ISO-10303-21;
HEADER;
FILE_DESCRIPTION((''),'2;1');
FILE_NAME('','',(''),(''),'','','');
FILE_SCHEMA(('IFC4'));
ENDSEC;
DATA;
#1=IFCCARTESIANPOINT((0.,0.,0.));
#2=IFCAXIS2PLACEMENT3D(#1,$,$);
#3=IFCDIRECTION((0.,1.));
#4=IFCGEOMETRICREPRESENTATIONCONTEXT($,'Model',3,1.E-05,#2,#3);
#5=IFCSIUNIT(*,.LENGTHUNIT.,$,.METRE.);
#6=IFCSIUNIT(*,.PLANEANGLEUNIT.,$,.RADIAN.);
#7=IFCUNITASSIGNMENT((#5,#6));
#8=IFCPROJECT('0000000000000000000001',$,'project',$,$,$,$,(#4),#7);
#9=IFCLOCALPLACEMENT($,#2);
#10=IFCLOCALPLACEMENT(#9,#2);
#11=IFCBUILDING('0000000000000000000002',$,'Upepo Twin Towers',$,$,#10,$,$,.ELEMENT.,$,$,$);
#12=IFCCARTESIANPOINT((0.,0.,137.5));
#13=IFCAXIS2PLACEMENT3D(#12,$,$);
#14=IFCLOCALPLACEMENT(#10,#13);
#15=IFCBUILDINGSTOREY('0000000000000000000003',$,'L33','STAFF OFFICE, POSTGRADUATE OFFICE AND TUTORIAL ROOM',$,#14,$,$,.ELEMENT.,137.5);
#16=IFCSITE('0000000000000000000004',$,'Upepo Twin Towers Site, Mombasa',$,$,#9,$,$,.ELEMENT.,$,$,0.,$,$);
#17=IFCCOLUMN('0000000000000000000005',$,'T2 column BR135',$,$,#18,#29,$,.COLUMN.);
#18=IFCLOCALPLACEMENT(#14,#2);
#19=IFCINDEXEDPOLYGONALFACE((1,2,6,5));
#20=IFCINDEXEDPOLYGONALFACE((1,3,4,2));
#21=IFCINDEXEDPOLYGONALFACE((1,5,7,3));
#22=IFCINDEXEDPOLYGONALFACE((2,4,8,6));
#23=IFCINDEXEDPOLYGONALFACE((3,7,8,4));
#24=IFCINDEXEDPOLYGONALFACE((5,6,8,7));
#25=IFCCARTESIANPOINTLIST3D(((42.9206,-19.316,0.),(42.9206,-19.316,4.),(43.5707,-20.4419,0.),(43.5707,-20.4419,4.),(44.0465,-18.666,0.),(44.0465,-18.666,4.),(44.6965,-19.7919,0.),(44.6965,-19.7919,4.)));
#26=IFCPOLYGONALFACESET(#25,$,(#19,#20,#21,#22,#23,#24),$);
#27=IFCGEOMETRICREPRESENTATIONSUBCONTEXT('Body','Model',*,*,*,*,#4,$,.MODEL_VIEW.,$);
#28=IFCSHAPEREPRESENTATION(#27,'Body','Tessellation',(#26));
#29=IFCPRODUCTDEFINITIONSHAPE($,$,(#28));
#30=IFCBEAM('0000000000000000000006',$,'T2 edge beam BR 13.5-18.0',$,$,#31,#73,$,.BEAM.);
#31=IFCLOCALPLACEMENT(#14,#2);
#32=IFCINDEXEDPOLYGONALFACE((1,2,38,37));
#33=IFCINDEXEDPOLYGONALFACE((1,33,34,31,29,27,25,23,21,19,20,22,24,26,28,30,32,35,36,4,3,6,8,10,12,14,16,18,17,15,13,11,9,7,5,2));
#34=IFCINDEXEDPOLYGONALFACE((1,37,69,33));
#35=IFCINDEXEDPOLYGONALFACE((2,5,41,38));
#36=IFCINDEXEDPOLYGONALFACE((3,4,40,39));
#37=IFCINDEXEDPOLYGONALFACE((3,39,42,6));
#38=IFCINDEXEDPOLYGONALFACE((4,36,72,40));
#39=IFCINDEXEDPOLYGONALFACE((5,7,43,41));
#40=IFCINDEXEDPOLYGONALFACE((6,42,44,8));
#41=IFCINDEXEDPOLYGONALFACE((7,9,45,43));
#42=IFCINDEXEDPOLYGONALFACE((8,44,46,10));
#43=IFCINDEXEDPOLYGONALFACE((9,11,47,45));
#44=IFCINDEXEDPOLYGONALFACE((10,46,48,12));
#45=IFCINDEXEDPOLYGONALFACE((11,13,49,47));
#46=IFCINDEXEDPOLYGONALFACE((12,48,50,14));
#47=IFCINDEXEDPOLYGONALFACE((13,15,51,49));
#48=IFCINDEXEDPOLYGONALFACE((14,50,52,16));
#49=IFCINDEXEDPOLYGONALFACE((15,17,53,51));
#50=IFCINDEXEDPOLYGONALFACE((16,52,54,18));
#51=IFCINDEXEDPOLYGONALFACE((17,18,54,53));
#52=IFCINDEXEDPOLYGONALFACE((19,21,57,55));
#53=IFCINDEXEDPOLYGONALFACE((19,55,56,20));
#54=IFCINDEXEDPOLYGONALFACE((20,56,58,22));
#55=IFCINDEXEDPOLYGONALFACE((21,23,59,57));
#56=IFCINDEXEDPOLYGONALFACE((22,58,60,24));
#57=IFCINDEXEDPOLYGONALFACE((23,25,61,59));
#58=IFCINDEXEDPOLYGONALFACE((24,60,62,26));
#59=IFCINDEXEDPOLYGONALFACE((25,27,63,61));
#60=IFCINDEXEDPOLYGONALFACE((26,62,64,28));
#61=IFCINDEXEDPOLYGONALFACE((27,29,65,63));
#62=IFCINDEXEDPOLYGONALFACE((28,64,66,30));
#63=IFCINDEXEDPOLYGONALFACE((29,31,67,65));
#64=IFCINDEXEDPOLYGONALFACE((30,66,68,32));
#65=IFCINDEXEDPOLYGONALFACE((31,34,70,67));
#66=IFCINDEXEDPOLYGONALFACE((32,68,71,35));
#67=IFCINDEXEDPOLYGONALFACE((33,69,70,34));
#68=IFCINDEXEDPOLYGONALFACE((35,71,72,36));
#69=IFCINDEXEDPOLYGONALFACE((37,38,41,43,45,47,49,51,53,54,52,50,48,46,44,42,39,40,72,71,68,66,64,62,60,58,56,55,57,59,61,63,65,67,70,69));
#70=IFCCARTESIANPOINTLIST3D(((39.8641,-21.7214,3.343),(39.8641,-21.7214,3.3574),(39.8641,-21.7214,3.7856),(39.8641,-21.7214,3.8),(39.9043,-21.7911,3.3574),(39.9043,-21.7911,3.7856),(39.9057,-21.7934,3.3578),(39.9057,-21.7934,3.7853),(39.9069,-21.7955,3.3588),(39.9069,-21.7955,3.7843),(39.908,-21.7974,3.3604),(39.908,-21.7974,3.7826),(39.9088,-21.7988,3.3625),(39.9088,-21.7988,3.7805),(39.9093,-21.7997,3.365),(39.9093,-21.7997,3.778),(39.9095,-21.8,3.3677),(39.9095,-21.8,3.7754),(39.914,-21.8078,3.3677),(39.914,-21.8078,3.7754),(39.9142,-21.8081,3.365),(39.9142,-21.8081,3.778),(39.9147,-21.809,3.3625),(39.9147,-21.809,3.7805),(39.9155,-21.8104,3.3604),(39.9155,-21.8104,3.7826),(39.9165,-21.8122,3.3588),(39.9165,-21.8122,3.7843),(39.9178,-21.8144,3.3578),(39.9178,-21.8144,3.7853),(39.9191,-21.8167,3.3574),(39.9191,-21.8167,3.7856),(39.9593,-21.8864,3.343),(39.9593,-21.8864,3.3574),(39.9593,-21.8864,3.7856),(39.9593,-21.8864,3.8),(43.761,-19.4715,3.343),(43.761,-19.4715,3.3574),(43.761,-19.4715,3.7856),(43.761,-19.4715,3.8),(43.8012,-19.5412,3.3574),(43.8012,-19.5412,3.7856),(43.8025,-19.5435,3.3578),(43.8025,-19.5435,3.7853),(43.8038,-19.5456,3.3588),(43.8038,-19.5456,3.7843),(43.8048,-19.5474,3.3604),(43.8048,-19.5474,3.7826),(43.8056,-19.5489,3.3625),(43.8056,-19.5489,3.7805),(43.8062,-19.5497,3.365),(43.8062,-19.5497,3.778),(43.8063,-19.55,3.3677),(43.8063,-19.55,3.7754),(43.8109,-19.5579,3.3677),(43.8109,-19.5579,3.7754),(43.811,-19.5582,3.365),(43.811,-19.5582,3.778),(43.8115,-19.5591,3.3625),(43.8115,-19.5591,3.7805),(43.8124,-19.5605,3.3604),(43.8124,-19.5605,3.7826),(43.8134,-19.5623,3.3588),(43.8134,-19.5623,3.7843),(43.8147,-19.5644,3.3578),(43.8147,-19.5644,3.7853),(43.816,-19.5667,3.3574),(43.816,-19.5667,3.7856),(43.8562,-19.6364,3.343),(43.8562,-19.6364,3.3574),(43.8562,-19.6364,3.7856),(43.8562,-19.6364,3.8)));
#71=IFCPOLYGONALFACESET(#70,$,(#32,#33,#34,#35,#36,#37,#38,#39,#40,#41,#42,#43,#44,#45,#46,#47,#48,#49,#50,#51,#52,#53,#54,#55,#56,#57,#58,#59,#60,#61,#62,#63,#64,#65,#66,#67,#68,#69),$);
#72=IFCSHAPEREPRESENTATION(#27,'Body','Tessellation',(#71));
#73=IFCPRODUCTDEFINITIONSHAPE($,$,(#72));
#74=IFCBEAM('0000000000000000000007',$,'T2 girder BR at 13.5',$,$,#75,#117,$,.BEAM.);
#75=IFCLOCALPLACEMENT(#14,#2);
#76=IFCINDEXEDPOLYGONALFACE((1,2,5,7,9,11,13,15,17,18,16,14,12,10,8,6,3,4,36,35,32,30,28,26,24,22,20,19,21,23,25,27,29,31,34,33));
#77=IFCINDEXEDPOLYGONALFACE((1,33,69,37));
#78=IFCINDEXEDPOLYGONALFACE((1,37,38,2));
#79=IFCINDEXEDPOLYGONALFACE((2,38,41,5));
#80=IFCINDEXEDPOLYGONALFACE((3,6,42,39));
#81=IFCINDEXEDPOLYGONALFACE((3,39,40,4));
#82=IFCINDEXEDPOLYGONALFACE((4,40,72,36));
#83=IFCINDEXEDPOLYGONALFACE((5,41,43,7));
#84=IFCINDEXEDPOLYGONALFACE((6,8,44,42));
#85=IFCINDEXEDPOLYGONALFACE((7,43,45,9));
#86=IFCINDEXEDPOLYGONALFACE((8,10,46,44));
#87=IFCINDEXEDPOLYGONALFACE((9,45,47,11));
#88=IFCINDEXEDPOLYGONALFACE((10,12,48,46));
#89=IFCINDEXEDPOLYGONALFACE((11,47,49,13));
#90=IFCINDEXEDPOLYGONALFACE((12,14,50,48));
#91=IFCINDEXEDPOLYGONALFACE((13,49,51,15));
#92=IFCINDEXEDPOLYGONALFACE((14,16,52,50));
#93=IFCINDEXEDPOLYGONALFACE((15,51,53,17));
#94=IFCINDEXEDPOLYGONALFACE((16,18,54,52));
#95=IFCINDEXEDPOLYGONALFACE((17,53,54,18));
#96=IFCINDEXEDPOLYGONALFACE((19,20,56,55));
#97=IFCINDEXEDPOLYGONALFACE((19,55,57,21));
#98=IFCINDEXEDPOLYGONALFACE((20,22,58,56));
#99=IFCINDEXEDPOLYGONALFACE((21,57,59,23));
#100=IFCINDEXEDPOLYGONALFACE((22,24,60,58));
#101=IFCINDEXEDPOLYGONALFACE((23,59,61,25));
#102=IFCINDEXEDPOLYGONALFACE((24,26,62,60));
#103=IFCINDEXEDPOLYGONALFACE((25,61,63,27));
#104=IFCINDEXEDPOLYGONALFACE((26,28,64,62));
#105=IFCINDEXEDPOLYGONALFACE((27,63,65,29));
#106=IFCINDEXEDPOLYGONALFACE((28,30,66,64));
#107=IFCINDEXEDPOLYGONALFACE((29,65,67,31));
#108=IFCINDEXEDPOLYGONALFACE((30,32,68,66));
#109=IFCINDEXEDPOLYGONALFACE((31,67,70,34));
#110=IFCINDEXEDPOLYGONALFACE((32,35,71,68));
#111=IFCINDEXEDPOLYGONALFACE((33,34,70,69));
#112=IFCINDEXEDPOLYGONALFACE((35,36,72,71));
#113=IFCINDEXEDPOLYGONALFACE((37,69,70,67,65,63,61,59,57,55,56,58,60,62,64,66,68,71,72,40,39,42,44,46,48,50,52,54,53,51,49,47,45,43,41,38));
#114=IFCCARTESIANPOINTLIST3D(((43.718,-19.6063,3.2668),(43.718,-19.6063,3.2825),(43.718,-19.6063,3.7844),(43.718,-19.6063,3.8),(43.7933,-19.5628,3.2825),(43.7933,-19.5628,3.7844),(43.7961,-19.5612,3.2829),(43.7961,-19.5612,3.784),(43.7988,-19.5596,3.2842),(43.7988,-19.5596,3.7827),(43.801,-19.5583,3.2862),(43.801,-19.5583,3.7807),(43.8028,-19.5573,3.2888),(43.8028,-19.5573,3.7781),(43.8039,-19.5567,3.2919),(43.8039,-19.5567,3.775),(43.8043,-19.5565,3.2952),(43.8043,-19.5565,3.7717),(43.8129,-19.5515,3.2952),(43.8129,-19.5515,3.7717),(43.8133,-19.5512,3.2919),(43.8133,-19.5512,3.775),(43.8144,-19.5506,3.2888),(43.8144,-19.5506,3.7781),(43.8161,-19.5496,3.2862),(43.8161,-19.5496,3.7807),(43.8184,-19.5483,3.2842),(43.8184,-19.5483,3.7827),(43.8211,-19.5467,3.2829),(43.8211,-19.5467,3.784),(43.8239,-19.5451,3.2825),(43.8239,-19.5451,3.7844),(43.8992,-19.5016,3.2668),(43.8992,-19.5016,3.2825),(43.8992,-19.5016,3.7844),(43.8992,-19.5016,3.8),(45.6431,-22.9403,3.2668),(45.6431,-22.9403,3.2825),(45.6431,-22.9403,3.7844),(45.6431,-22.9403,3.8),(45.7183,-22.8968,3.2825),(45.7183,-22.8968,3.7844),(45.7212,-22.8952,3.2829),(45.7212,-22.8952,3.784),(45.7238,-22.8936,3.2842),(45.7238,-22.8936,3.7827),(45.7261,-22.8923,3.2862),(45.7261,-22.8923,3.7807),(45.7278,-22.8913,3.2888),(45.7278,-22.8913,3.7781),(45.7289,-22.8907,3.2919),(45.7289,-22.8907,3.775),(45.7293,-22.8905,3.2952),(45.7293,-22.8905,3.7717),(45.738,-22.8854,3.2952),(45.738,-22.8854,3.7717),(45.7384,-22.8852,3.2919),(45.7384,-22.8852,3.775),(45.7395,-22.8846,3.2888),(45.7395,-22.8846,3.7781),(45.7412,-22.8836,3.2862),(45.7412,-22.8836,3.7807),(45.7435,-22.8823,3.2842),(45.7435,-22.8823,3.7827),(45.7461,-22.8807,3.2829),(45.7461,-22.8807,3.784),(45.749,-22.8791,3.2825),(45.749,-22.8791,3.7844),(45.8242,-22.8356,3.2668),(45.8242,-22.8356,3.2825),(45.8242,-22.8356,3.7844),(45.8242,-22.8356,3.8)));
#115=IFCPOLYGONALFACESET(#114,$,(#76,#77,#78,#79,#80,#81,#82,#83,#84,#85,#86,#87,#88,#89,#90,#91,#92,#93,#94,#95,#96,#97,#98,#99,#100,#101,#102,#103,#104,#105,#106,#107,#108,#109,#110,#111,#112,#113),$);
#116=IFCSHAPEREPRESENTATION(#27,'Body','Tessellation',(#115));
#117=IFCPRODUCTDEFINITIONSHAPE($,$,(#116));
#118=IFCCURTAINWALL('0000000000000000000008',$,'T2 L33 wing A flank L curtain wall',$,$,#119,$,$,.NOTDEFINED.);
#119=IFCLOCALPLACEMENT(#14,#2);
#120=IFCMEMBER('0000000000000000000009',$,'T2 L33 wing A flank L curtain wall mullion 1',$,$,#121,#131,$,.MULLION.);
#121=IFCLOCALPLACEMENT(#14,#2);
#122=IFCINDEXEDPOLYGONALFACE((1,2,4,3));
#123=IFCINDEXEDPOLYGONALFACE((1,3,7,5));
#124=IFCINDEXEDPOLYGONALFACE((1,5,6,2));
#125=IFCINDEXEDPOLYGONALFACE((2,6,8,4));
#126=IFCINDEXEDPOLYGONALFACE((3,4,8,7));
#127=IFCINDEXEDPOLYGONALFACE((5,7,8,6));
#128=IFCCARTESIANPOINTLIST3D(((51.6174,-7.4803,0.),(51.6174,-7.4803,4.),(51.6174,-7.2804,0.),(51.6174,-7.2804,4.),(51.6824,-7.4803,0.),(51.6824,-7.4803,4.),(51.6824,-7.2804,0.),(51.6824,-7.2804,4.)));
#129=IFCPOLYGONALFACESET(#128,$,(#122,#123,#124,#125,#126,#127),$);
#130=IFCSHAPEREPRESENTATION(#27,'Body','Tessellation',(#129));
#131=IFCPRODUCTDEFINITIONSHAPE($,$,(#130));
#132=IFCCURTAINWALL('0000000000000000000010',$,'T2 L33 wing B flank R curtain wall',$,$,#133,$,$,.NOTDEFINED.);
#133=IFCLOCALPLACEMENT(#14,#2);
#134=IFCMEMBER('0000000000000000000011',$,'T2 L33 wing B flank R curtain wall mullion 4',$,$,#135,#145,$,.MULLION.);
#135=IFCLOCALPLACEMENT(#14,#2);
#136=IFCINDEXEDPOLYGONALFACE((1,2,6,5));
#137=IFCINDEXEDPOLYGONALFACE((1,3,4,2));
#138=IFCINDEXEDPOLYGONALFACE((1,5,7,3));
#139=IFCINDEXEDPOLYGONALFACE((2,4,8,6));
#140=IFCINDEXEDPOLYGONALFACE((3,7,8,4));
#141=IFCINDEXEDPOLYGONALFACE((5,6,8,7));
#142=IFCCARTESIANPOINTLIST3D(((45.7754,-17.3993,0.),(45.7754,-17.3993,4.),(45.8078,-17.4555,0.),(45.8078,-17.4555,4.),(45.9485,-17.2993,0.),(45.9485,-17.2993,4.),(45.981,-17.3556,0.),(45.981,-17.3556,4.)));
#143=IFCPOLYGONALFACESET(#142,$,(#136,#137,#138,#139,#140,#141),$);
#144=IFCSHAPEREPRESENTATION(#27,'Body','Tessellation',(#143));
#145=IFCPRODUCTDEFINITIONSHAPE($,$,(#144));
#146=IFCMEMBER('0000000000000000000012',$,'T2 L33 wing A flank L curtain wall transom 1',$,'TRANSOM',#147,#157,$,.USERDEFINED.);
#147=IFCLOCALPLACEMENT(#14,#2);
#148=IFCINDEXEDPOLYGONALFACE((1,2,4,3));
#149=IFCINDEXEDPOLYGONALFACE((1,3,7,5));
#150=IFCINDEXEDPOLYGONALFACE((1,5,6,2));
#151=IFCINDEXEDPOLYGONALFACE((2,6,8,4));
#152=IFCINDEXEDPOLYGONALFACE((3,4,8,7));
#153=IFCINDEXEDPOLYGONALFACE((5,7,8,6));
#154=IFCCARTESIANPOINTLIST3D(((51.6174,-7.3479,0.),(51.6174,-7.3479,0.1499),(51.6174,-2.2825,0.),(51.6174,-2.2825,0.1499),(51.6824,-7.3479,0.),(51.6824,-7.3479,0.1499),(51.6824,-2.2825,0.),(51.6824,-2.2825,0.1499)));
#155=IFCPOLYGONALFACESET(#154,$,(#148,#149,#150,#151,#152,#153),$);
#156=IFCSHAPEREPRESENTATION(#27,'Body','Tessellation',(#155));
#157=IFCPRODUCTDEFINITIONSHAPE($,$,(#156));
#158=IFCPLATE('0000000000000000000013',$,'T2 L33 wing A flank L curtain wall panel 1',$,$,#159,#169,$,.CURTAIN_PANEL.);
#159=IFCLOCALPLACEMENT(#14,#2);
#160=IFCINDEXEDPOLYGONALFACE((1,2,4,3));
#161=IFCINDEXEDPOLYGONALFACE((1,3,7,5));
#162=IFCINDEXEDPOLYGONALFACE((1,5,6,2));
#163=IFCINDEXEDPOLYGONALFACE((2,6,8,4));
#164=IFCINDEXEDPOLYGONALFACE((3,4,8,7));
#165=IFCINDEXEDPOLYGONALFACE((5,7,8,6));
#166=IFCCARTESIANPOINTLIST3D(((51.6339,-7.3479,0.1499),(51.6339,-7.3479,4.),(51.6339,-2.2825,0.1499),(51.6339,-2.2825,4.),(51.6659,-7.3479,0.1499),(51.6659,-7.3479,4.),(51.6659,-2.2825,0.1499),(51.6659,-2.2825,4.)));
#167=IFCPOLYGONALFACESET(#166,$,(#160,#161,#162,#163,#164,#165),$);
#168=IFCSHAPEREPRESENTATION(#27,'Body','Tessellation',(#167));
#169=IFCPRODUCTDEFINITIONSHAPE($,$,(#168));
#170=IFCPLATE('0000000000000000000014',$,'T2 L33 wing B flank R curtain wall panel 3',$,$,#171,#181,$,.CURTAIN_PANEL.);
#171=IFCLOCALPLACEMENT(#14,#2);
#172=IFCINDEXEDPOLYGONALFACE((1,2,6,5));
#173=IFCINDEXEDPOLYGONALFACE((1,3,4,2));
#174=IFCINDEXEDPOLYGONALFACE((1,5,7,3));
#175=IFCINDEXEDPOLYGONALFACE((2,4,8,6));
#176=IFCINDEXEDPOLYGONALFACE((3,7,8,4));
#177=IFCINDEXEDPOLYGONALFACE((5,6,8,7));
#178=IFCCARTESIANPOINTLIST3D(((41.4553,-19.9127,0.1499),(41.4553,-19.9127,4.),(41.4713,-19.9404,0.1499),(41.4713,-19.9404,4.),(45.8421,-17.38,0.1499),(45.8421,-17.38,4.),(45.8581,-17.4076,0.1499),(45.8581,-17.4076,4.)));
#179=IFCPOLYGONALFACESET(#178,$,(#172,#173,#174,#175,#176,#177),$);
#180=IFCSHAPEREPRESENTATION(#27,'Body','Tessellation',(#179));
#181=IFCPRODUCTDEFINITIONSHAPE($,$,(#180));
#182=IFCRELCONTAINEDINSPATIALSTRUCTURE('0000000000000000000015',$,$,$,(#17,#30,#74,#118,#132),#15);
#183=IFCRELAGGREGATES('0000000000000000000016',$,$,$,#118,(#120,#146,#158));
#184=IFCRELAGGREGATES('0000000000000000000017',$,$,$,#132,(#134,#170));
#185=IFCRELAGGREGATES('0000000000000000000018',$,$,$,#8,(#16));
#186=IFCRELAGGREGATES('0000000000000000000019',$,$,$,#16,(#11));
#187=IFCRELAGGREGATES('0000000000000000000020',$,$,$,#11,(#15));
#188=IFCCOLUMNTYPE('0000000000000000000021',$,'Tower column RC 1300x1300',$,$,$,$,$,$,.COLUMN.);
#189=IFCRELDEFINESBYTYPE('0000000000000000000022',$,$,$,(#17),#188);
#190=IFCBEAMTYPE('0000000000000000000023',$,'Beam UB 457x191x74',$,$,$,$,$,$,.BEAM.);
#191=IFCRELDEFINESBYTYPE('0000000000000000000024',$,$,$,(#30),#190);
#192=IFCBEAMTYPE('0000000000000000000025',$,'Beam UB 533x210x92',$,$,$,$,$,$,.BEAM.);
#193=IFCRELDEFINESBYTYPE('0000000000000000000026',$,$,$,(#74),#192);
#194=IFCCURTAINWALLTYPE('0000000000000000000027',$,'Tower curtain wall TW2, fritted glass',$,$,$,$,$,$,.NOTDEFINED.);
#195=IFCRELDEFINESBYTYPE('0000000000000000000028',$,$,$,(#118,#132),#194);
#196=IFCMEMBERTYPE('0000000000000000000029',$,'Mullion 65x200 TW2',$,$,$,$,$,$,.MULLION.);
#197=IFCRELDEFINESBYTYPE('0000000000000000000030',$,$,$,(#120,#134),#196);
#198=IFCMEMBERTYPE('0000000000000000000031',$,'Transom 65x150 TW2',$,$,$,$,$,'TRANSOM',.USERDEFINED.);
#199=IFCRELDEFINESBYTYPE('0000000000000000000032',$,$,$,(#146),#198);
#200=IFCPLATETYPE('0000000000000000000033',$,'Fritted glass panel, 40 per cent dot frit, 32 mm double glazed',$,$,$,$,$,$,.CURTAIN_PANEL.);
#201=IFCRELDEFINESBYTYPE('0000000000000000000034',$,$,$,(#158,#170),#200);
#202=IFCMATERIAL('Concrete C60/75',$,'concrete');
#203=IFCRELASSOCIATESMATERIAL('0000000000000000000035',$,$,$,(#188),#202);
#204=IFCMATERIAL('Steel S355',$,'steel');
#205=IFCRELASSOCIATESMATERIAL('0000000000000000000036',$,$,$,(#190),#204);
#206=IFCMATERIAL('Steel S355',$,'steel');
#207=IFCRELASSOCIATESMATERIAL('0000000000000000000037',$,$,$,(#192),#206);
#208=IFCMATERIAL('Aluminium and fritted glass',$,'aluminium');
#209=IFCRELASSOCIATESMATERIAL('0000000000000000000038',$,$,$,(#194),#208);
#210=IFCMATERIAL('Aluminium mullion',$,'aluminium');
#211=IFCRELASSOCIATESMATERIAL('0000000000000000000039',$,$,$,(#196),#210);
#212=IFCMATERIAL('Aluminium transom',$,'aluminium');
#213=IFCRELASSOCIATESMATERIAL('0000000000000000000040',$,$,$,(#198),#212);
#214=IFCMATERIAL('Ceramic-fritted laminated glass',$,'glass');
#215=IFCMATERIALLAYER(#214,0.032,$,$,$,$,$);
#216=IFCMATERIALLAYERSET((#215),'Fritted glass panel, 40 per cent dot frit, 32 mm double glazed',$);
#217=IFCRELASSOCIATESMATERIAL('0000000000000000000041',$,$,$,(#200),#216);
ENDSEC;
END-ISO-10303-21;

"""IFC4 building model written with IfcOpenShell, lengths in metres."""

from ifc_helpers import new_model, si_unit, direction, frame, origin, origin_2d, place, context, subcontext, project, spatial, rectangle, i_section, extrude, material, layer, layer_set, material_profile, profile_set, type_object, element, aggregate, save


model = new_model("IFC4")

# Units and contexts
model_context = context("Model", 3, precision=1e-05, world=origin(), true_north=direction((0.0, 1.0)))
body_context = subcontext(model_context, "Body", "Model", "MODEL_VIEW")
ifc_project = project(units=[si_unit("LENGTHUNIT", "METRE"), si_unit("PLANEANGLEUNIT", "RADIAN")], contexts=[model_context])

# Site, building, storey
site_placement = place(None, origin())
site = spatial("IfcSite", under=ifc_project, at=site_placement, Name="Upepo Twin Towers Site, Mombasa", CompositionType="ELEMENT", RefElevation=0.0)
building_placement = place(site_placement, origin())
building = spatial("IfcBuilding", under=site, at=building_placement, Name="Upepo Twin Towers", CompositionType="ELEMENT")
storey_placement = place(building_placement, frame((0.0, 0.0, 137.5)))
storey = spatial("IfcBuildingStorey", under=building, at=storey_placement, Name="L33", Description="STAFF OFFICE, POSTGRADUATE OFFICE AND TUTORIAL ROOM", CompositionType="ELEMENT", Elevation=137.5)

# Column
ifc_material_1 = material(Name="Concrete C60/75", Category="concrete")
ifc_material_profile_1 = material_profile(ifc_material_1, rectangle(XDim=1.3, YDim=1.3, at=origin_2d()), Name="RC 1300x1300")
ifc_profile_set_1 = profile_set([ifc_material_profile_1], Name="Concrete C60/75")
column_type = type_object("IfcColumnType", Name="Tower column RC 1300x1300", PredefinedType="COLUMN", material=ifc_profile_set_1)
column_placement = place(storey_placement, frame((43.8086, -19.554, 0.0), z_axis=(0.0, 0.0, 1.0), x_axis=(0.866025, 0.5, 0.0)))
element("IfcColumn", 1, at=column_placement, inside=storey, type_object=column_type, Name="T2 column BR135", PredefinedType="COLUMN", context=body_context, shape_type="SweptSolid", body=[
    extrude(rectangle(XDim=1.3, YDim=1.3, at=origin_2d()), origin(), (0.0, 0.0, 1.0), 4.0),
])

# Beams
ifc_material_2 = material(Name="Steel S355", Category="steel")
ifc_material_profile_2 = material_profile(ifc_material_2, i_section(OverallWidth=0.1904, OverallDepth=0.457, WebThickness=0.009, FlangeThickness=0.0144, FilletRadius=0.0103, at=origin_2d()), Name="UB 457x191x74")
ifc_profile_set_2 = profile_set([ifc_material_profile_2], Name="Steel S355")
beam_type_1 = type_object("IfcBeamType", Name="Beam UB 457x191x74", PredefinedType="BEAM", material=ifc_profile_set_2)
beam_1_placement = place(storey_placement, frame((43.8086, -19.554, 3.5715), z_axis=(-0.866018, -0.500014, 0.0), x_axis=(0.500014, -0.866018, 0.0)))
element("IfcBeam", 2, at=beam_1_placement, inside=storey, type_object=beam_type_1, Name="T2 edge beam BR 13.5-18.0", PredefinedType="BEAM", context=body_context, shape_type="SweptSolid", body=[
    extrude(i_section(OverallWidth=0.1904, OverallDepth=0.457, WebThickness=0.009, FlangeThickness=0.0144, FilletRadius=0.0103, at=origin_2d()), origin(), (0.0, 0.0, 1.0), 4.4998),
])
ifc_material_3 = material(Name="Steel S355", Category="steel")
ifc_material_profile_3 = material_profile(ifc_material_3, i_section(OverallWidth=0.2092, OverallDepth=0.5332, WebThickness=0.01, FlangeThickness=0.0156, FilletRadius=0.0127, at=origin_2d()), Name="UB 533x210x92")
ifc_profile_set_3 = profile_set([ifc_material_profile_3], Name="Steel S355")
beam_type_2 = type_object("IfcBeamType", Name="Beam UB 533x210x92", PredefinedType="BEAM", material=ifc_profile_set_3)
beam_2_placement = place(storey_placement, frame((43.8086, -19.554, 3.5334), z_axis=(0.500034, -0.866006, 0.0), x_axis=(0.866006, 0.500034, 0.0)))
element("IfcBeam", 3, at=beam_2_placement, inside=storey, type_object=beam_type_2, Name="T2 girder BR at 13.5", PredefinedType="BEAM", context=body_context, shape_type="SweptSolid", body=[
    extrude(i_section(OverallWidth=0.2092, OverallDepth=0.5332, WebThickness=0.01, FlangeThickness=0.0156, FilletRadius=0.0127, at=origin_2d()), origin(), (0.0, 0.0, 1.0), 3.8499),
])

# Curtain walls, members
ifc_material_4 = material(Name="Aluminium and fritted glass", Category="aluminium")
curtain_wall_type = type_object("IfcCurtainWallType", Name="Tower curtain wall TW2, fritted glass", PredefinedType="NOTDEFINED", material=ifc_material_4)
curtain_wall_1_placement = place(storey_placement, origin())
curtain_wall_1 = element("IfcCurtainWall", 4, at=curtain_wall_1_placement, inside=storey, type_object=curtain_wall_type, Name="T2 L33 wing A flank L curtain wall", PredefinedType="NOTDEFINED")
ifc_material_5 = material(Name="Aluminium mullion", Category="aluminium")
ifc_material_profile_4 = material_profile(ifc_material_5, rectangle(XDim=0.0649, YDim=0.2, at=origin_2d()), Name="MULLION 65x200")
ifc_profile_set_4 = profile_set([ifc_material_profile_4], Name="Aluminium mullion")
member_type_1 = type_object("IfcMemberType", Name="Mullion 65x200 TW2", PredefinedType="MULLION", material=ifc_profile_set_4)
member_1_placement = place(storey_placement, frame((51.6499, -7.3804, 0.0), z_axis=(0.0, 0.0, 1.0), x_axis=(-1.0, 0.0, 0.0)))
member_1 = element("IfcMember", 5, at=member_1_placement, type_object=member_type_1, Name="T2 L33 wing A flank L curtain wall mullion 1", PredefinedType="MULLION", context=body_context, shape_type="SweptSolid", body=[
    extrude(rectangle(XDim=0.0649, YDim=0.2, at=origin_2d()), origin(), (0.0, 0.0, 1.0), 4.0),
])
curtain_wall_2_placement = place(storey_placement, origin())
curtain_wall_2 = element("IfcCurtainWall", 6, at=curtain_wall_2_placement, inside=storey, type_object=curtain_wall_type, Name="T2 L33 wing B flank R curtain wall", PredefinedType="NOTDEFINED")
member_2_placement = place(storey_placement, frame((45.8782, -17.3774, 0.0), z_axis=(0.0, 0.0, 1.0), x_axis=(-0.5, 0.866025, 0.0)))
member_2 = element("IfcMember", 7, at=member_2_placement, type_object=member_type_1, Name="T2 L33 wing B flank R curtain wall mullion 4", PredefinedType="MULLION", context=body_context, shape_type="SweptSolid", body=[
    extrude(rectangle(XDim=0.0649, YDim=0.2, at=origin_2d()), origin(), (0.0, 0.0, 1.0), 4.0),
])

# Member
ifc_material_6 = material(Name="Aluminium transom", Category="aluminium")
ifc_material_profile_5 = material_profile(ifc_material_6, rectangle(XDim=0.0649, YDim=0.1499, at=origin_2d()), Name="TRANSOM 65x150")
ifc_profile_set_5 = profile_set([ifc_material_profile_5], Name="Aluminium transom")
member_type_2 = type_object("IfcMemberType", Name="Transom 65x150 TW2", ElementType="TRANSOM", PredefinedType="USERDEFINED", material=ifc_profile_set_5)
member_3_placement = place(storey_placement, frame((51.6499, -7.3479, 0.075), z_axis=(0.0, 1.0, 0.0), x_axis=(-1.0, 0.0, 0.0)))
member_3 = element("IfcMember", 8, at=member_3_placement, type_object=member_type_2, Name="T2 L33 wing A flank L curtain wall transom 1", ObjectType="TRANSOM", PredefinedType="USERDEFINED", context=body_context, shape_type="SweptSolid", body=[
    extrude(rectangle(XDim=0.0649, YDim=0.1499, at=origin_2d()), origin(), (0.0, 0.0, 1.0), 5.0654),
])

# Plates
ifc_material_7 = material(Name="Ceramic-fritted laminated glass", Category="glass")
ifc_layer_1 = layer(ifc_material_7, 0.032)
ifc_layer_set_1 = layer_set([ifc_layer_1], Name="Fritted glass panel, 40 per cent dot frit, 32 mm double glazed")
plate_type = type_object("IfcPlateType", Name="Fritted glass panel, 40 per cent dot frit, 32 mm double glazed", PredefinedType="CURTAIN_PANEL", material=ifc_layer_set_1)
plate_1_placement = place(storey_placement, frame((51.6499, -4.8152, 0.1499), z_axis=(0.0, 0.0, 1.0), x_axis=(0.0, 1.0, 0.0)))
plate_1 = element("IfcPlate", 9, at=plate_1_placement, type_object=plate_type, Name="T2 L33 wing A flank L curtain wall panel 1", PredefinedType="CURTAIN_PANEL", context=body_context, shape_type="SweptSolid", body=[
    extrude(rectangle(XDim=5.0654, YDim=0.032, at=origin_2d()), origin(), (0.0, 0.0, 1.0), 3.8501),
])
aggregate(curtain_wall_1, [member_1, member_3, plate_1])
plate_2_placement = place(storey_placement, frame((43.6567, -18.6602, 0.1499), z_axis=(0.0, 0.0, 1.0), x_axis=(0.866025, 0.5, 0.0)))
plate_2 = element("IfcPlate", 10, at=plate_2_placement, type_object=plate_type, Name="T2 L33 wing B flank R curtain wall panel 3", PredefinedType="CURTAIN_PANEL", context=body_context, shape_type="SweptSolid", body=[
    extrude(rectangle(XDim=5.0654, YDim=0.032, at=origin_2d()), origin(), (0.0, 0.0, 1.0), 3.8501),
])
aggregate(curtain_wall_2, [member_2, plate_2])

save(model, "model.ifc")
